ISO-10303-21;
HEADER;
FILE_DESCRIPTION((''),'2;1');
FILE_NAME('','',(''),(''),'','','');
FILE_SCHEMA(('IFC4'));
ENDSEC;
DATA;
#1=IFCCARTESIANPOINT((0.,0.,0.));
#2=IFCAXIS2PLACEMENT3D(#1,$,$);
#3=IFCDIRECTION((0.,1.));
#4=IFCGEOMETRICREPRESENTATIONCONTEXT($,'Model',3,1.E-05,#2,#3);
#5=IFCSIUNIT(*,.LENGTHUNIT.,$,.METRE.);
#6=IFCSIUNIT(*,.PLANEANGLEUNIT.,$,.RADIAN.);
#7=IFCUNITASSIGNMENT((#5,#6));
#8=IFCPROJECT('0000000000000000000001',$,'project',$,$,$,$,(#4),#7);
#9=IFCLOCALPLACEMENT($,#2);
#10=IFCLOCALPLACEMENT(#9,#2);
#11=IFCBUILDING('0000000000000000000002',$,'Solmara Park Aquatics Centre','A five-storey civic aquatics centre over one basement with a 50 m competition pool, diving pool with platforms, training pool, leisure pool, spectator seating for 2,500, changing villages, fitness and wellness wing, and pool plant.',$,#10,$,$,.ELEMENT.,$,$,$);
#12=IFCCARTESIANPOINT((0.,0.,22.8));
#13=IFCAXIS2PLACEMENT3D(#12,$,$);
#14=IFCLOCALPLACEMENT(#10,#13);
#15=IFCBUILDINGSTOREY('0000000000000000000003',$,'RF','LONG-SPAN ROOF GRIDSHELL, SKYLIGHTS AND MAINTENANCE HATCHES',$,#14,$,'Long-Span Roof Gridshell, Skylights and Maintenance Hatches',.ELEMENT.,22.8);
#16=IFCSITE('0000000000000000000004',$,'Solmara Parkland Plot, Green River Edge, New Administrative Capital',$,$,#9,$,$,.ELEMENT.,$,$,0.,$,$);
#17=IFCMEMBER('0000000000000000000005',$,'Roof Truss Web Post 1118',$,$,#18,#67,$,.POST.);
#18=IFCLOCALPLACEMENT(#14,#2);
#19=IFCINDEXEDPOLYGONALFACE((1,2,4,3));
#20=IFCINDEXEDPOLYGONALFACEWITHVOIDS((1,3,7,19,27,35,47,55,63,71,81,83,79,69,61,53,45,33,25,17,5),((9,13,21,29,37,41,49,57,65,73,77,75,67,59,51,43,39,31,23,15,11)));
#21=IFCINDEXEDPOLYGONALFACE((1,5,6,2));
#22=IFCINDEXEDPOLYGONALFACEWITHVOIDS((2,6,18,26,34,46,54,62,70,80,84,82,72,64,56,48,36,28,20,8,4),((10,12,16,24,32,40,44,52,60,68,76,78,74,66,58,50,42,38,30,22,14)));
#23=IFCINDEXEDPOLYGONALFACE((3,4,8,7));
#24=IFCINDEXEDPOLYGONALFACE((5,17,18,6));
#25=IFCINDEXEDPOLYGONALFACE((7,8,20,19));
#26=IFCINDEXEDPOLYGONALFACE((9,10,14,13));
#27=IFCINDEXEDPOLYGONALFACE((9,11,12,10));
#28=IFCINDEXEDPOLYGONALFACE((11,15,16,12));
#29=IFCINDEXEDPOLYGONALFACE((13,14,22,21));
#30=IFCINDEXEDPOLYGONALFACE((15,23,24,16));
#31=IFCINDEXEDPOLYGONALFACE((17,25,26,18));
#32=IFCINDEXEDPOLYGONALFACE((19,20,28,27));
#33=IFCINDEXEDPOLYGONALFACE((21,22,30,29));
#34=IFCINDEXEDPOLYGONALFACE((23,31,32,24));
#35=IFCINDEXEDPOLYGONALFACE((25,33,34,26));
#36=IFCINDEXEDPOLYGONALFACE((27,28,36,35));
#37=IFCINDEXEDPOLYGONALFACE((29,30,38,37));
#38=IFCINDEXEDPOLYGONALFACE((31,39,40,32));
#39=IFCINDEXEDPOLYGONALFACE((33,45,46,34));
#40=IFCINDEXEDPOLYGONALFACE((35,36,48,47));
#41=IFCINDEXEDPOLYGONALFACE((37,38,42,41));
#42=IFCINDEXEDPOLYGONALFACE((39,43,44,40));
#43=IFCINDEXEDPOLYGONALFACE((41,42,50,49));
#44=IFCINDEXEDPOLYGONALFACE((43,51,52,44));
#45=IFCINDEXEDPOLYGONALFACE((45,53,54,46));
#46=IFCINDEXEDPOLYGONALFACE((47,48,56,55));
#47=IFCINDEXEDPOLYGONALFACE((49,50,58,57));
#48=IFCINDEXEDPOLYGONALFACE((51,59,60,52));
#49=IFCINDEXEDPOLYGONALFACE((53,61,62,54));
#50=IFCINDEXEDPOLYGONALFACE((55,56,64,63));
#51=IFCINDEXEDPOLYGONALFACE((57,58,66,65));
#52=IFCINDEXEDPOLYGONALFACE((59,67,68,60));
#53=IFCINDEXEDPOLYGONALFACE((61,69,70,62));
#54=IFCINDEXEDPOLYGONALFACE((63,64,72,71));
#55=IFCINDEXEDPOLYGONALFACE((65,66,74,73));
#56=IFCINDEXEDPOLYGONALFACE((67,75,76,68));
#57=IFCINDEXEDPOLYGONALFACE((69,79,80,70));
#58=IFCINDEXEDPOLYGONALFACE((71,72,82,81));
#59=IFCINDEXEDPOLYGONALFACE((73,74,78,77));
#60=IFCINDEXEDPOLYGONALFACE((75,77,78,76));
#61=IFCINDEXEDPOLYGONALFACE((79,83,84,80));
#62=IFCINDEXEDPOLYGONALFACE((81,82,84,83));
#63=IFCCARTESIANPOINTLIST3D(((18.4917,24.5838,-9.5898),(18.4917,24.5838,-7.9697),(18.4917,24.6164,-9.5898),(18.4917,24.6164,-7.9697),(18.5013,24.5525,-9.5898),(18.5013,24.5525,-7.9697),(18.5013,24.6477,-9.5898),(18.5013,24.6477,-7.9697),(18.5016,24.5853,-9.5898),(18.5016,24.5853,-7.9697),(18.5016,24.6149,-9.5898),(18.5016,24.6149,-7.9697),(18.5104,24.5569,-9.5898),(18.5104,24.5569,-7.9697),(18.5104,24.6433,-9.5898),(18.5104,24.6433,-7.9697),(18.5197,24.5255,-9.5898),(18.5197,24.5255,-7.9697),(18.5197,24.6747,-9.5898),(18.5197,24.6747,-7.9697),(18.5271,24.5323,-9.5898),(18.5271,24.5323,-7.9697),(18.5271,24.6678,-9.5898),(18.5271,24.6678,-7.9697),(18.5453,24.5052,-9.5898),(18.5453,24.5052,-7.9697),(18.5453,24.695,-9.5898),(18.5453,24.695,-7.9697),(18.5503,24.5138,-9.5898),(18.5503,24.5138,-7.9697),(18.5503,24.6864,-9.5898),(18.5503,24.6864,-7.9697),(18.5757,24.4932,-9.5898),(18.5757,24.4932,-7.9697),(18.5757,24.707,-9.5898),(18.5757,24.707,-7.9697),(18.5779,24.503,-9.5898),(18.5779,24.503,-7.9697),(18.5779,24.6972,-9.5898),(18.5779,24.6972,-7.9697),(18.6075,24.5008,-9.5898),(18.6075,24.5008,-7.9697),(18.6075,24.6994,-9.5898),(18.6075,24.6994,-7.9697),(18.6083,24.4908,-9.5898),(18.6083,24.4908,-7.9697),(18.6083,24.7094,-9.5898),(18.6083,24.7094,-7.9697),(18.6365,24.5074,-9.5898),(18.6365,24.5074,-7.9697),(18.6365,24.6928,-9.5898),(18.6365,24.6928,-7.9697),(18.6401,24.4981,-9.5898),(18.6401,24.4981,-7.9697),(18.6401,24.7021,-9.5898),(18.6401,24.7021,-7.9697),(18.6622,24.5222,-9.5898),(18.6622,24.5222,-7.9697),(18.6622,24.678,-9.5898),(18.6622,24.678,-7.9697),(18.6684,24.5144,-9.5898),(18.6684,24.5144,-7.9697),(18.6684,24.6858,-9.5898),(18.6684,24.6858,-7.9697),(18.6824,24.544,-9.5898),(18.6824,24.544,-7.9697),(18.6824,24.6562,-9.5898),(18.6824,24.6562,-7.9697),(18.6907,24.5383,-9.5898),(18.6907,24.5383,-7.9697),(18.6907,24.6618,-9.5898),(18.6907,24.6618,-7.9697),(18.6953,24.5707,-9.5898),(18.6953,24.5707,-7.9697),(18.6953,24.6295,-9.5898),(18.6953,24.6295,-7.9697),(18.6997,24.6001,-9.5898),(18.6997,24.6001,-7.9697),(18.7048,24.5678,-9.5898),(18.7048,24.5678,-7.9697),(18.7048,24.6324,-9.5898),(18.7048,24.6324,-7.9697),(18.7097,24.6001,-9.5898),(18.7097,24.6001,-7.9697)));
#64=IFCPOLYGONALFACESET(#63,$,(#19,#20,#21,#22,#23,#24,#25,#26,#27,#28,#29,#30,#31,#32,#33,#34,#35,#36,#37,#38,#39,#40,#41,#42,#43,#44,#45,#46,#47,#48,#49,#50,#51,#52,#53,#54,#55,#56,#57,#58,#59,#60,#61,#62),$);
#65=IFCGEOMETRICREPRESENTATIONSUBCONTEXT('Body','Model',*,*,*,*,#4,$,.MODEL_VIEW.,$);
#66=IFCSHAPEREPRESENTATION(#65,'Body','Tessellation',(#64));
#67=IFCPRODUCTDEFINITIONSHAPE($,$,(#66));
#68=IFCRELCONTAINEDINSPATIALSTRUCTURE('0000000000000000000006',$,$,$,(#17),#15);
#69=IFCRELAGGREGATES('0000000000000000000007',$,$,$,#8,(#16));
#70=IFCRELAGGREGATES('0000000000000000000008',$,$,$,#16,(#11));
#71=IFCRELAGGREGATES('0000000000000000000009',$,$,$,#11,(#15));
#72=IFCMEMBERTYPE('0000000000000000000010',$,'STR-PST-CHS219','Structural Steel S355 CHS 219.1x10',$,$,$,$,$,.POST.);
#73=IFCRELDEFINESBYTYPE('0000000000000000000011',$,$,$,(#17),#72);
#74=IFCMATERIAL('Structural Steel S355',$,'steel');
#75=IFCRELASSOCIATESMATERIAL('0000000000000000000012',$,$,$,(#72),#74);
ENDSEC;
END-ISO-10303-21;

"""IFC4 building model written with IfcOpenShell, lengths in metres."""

from ifc_helpers import new_model, si_unit, direction, frame, origin, origin_2d, place, context, subcontext, project, spatial, hollow_circle, extrude, material, material_profile, profile_set, type_object, element, save


model = new_model("IFC4")

# Units and contexts
model_context = context("Model", 3, precision=1e-05, world=origin(), true_north=direction((0.0, 1.0)))
body_context = subcontext(model_context, "Body", "Model", "MODEL_VIEW")
ifc_project = project(units=[si_unit("LENGTHUNIT", "METRE"), si_unit("PLANEANGLEUNIT", "RADIAN")], contexts=[model_context])

# Site, building, storey
site_placement = place(None, origin())
site = spatial("IfcSite", under=ifc_project, at=site_placement, Name="Solmara Parkland Plot, Green River Edge, New Administrative Capital", CompositionType="ELEMENT", RefElevation=0.0)
building_placement = place(site_placement, origin())
building = spatial("IfcBuilding", under=site, at=building_placement, Name="Solmara Park Aquatics Centre", Description="A five-storey civic aquatics centre over one basement with a 50 m competition pool, diving pool with platforms, training pool, leisure pool, spectator seating for 2,500, changing villages, fitness and wellness wing, and pool plant.", CompositionType="ELEMENT")
storey_placement = place(building_placement, frame((0.0, 0.0, 22.8)))
storey = spatial("IfcBuildingStorey", under=building, at=storey_placement, Name="RF", Description="LONG-SPAN ROOF GRIDSHELL, SKYLIGHTS AND MAINTENANCE HATCHES", LongName="Long-Span Roof Gridshell, Skylights and Maintenance Hatches", CompositionType="ELEMENT", Elevation=22.8)

# Member
ifc_material_1 = material(Name="Structural Steel S355", Category="steel")
ifc_material_profile_1 = material_profile(ifc_material_1, hollow_circle(Radius=0.1096, WallThickness=0.01, at=origin_2d()), Name="CHS 219.1x10")
ifc_profile_set_1 = profile_set([ifc_material_profile_1], Name="Structural Steel S355")
member_type_1 = type_object("IfcMemberType", Name="STR-PST-CHS219", Description="Structural Steel S355 CHS 219.1x10", PredefinedType="POST", material=ifc_profile_set_1)
for number, where, z_axis, x_axis, name in (
    (1, (18.6001, 24.6001, -9.5898), (0.0, 0.0, 1.0), (1.0, 0.0, 0.0), "Roof Truss Web Post 1118"),
):
    element("IfcMember", number, at=place(storey_placement, frame(where, z_axis=z_axis, x_axis=x_axis)), inside=storey, type_object=member_type_1, Name=name, PredefinedType="POST", context=body_context, shape_type="SweptSolid", body=[
        extrude(hollow_circle(Radius=0.1096, WallThickness=0.01, at=origin_2d()), origin(), (0.0, 0.0, 1.0), 1.6201),
    ])

save(model, "model.ifc")
